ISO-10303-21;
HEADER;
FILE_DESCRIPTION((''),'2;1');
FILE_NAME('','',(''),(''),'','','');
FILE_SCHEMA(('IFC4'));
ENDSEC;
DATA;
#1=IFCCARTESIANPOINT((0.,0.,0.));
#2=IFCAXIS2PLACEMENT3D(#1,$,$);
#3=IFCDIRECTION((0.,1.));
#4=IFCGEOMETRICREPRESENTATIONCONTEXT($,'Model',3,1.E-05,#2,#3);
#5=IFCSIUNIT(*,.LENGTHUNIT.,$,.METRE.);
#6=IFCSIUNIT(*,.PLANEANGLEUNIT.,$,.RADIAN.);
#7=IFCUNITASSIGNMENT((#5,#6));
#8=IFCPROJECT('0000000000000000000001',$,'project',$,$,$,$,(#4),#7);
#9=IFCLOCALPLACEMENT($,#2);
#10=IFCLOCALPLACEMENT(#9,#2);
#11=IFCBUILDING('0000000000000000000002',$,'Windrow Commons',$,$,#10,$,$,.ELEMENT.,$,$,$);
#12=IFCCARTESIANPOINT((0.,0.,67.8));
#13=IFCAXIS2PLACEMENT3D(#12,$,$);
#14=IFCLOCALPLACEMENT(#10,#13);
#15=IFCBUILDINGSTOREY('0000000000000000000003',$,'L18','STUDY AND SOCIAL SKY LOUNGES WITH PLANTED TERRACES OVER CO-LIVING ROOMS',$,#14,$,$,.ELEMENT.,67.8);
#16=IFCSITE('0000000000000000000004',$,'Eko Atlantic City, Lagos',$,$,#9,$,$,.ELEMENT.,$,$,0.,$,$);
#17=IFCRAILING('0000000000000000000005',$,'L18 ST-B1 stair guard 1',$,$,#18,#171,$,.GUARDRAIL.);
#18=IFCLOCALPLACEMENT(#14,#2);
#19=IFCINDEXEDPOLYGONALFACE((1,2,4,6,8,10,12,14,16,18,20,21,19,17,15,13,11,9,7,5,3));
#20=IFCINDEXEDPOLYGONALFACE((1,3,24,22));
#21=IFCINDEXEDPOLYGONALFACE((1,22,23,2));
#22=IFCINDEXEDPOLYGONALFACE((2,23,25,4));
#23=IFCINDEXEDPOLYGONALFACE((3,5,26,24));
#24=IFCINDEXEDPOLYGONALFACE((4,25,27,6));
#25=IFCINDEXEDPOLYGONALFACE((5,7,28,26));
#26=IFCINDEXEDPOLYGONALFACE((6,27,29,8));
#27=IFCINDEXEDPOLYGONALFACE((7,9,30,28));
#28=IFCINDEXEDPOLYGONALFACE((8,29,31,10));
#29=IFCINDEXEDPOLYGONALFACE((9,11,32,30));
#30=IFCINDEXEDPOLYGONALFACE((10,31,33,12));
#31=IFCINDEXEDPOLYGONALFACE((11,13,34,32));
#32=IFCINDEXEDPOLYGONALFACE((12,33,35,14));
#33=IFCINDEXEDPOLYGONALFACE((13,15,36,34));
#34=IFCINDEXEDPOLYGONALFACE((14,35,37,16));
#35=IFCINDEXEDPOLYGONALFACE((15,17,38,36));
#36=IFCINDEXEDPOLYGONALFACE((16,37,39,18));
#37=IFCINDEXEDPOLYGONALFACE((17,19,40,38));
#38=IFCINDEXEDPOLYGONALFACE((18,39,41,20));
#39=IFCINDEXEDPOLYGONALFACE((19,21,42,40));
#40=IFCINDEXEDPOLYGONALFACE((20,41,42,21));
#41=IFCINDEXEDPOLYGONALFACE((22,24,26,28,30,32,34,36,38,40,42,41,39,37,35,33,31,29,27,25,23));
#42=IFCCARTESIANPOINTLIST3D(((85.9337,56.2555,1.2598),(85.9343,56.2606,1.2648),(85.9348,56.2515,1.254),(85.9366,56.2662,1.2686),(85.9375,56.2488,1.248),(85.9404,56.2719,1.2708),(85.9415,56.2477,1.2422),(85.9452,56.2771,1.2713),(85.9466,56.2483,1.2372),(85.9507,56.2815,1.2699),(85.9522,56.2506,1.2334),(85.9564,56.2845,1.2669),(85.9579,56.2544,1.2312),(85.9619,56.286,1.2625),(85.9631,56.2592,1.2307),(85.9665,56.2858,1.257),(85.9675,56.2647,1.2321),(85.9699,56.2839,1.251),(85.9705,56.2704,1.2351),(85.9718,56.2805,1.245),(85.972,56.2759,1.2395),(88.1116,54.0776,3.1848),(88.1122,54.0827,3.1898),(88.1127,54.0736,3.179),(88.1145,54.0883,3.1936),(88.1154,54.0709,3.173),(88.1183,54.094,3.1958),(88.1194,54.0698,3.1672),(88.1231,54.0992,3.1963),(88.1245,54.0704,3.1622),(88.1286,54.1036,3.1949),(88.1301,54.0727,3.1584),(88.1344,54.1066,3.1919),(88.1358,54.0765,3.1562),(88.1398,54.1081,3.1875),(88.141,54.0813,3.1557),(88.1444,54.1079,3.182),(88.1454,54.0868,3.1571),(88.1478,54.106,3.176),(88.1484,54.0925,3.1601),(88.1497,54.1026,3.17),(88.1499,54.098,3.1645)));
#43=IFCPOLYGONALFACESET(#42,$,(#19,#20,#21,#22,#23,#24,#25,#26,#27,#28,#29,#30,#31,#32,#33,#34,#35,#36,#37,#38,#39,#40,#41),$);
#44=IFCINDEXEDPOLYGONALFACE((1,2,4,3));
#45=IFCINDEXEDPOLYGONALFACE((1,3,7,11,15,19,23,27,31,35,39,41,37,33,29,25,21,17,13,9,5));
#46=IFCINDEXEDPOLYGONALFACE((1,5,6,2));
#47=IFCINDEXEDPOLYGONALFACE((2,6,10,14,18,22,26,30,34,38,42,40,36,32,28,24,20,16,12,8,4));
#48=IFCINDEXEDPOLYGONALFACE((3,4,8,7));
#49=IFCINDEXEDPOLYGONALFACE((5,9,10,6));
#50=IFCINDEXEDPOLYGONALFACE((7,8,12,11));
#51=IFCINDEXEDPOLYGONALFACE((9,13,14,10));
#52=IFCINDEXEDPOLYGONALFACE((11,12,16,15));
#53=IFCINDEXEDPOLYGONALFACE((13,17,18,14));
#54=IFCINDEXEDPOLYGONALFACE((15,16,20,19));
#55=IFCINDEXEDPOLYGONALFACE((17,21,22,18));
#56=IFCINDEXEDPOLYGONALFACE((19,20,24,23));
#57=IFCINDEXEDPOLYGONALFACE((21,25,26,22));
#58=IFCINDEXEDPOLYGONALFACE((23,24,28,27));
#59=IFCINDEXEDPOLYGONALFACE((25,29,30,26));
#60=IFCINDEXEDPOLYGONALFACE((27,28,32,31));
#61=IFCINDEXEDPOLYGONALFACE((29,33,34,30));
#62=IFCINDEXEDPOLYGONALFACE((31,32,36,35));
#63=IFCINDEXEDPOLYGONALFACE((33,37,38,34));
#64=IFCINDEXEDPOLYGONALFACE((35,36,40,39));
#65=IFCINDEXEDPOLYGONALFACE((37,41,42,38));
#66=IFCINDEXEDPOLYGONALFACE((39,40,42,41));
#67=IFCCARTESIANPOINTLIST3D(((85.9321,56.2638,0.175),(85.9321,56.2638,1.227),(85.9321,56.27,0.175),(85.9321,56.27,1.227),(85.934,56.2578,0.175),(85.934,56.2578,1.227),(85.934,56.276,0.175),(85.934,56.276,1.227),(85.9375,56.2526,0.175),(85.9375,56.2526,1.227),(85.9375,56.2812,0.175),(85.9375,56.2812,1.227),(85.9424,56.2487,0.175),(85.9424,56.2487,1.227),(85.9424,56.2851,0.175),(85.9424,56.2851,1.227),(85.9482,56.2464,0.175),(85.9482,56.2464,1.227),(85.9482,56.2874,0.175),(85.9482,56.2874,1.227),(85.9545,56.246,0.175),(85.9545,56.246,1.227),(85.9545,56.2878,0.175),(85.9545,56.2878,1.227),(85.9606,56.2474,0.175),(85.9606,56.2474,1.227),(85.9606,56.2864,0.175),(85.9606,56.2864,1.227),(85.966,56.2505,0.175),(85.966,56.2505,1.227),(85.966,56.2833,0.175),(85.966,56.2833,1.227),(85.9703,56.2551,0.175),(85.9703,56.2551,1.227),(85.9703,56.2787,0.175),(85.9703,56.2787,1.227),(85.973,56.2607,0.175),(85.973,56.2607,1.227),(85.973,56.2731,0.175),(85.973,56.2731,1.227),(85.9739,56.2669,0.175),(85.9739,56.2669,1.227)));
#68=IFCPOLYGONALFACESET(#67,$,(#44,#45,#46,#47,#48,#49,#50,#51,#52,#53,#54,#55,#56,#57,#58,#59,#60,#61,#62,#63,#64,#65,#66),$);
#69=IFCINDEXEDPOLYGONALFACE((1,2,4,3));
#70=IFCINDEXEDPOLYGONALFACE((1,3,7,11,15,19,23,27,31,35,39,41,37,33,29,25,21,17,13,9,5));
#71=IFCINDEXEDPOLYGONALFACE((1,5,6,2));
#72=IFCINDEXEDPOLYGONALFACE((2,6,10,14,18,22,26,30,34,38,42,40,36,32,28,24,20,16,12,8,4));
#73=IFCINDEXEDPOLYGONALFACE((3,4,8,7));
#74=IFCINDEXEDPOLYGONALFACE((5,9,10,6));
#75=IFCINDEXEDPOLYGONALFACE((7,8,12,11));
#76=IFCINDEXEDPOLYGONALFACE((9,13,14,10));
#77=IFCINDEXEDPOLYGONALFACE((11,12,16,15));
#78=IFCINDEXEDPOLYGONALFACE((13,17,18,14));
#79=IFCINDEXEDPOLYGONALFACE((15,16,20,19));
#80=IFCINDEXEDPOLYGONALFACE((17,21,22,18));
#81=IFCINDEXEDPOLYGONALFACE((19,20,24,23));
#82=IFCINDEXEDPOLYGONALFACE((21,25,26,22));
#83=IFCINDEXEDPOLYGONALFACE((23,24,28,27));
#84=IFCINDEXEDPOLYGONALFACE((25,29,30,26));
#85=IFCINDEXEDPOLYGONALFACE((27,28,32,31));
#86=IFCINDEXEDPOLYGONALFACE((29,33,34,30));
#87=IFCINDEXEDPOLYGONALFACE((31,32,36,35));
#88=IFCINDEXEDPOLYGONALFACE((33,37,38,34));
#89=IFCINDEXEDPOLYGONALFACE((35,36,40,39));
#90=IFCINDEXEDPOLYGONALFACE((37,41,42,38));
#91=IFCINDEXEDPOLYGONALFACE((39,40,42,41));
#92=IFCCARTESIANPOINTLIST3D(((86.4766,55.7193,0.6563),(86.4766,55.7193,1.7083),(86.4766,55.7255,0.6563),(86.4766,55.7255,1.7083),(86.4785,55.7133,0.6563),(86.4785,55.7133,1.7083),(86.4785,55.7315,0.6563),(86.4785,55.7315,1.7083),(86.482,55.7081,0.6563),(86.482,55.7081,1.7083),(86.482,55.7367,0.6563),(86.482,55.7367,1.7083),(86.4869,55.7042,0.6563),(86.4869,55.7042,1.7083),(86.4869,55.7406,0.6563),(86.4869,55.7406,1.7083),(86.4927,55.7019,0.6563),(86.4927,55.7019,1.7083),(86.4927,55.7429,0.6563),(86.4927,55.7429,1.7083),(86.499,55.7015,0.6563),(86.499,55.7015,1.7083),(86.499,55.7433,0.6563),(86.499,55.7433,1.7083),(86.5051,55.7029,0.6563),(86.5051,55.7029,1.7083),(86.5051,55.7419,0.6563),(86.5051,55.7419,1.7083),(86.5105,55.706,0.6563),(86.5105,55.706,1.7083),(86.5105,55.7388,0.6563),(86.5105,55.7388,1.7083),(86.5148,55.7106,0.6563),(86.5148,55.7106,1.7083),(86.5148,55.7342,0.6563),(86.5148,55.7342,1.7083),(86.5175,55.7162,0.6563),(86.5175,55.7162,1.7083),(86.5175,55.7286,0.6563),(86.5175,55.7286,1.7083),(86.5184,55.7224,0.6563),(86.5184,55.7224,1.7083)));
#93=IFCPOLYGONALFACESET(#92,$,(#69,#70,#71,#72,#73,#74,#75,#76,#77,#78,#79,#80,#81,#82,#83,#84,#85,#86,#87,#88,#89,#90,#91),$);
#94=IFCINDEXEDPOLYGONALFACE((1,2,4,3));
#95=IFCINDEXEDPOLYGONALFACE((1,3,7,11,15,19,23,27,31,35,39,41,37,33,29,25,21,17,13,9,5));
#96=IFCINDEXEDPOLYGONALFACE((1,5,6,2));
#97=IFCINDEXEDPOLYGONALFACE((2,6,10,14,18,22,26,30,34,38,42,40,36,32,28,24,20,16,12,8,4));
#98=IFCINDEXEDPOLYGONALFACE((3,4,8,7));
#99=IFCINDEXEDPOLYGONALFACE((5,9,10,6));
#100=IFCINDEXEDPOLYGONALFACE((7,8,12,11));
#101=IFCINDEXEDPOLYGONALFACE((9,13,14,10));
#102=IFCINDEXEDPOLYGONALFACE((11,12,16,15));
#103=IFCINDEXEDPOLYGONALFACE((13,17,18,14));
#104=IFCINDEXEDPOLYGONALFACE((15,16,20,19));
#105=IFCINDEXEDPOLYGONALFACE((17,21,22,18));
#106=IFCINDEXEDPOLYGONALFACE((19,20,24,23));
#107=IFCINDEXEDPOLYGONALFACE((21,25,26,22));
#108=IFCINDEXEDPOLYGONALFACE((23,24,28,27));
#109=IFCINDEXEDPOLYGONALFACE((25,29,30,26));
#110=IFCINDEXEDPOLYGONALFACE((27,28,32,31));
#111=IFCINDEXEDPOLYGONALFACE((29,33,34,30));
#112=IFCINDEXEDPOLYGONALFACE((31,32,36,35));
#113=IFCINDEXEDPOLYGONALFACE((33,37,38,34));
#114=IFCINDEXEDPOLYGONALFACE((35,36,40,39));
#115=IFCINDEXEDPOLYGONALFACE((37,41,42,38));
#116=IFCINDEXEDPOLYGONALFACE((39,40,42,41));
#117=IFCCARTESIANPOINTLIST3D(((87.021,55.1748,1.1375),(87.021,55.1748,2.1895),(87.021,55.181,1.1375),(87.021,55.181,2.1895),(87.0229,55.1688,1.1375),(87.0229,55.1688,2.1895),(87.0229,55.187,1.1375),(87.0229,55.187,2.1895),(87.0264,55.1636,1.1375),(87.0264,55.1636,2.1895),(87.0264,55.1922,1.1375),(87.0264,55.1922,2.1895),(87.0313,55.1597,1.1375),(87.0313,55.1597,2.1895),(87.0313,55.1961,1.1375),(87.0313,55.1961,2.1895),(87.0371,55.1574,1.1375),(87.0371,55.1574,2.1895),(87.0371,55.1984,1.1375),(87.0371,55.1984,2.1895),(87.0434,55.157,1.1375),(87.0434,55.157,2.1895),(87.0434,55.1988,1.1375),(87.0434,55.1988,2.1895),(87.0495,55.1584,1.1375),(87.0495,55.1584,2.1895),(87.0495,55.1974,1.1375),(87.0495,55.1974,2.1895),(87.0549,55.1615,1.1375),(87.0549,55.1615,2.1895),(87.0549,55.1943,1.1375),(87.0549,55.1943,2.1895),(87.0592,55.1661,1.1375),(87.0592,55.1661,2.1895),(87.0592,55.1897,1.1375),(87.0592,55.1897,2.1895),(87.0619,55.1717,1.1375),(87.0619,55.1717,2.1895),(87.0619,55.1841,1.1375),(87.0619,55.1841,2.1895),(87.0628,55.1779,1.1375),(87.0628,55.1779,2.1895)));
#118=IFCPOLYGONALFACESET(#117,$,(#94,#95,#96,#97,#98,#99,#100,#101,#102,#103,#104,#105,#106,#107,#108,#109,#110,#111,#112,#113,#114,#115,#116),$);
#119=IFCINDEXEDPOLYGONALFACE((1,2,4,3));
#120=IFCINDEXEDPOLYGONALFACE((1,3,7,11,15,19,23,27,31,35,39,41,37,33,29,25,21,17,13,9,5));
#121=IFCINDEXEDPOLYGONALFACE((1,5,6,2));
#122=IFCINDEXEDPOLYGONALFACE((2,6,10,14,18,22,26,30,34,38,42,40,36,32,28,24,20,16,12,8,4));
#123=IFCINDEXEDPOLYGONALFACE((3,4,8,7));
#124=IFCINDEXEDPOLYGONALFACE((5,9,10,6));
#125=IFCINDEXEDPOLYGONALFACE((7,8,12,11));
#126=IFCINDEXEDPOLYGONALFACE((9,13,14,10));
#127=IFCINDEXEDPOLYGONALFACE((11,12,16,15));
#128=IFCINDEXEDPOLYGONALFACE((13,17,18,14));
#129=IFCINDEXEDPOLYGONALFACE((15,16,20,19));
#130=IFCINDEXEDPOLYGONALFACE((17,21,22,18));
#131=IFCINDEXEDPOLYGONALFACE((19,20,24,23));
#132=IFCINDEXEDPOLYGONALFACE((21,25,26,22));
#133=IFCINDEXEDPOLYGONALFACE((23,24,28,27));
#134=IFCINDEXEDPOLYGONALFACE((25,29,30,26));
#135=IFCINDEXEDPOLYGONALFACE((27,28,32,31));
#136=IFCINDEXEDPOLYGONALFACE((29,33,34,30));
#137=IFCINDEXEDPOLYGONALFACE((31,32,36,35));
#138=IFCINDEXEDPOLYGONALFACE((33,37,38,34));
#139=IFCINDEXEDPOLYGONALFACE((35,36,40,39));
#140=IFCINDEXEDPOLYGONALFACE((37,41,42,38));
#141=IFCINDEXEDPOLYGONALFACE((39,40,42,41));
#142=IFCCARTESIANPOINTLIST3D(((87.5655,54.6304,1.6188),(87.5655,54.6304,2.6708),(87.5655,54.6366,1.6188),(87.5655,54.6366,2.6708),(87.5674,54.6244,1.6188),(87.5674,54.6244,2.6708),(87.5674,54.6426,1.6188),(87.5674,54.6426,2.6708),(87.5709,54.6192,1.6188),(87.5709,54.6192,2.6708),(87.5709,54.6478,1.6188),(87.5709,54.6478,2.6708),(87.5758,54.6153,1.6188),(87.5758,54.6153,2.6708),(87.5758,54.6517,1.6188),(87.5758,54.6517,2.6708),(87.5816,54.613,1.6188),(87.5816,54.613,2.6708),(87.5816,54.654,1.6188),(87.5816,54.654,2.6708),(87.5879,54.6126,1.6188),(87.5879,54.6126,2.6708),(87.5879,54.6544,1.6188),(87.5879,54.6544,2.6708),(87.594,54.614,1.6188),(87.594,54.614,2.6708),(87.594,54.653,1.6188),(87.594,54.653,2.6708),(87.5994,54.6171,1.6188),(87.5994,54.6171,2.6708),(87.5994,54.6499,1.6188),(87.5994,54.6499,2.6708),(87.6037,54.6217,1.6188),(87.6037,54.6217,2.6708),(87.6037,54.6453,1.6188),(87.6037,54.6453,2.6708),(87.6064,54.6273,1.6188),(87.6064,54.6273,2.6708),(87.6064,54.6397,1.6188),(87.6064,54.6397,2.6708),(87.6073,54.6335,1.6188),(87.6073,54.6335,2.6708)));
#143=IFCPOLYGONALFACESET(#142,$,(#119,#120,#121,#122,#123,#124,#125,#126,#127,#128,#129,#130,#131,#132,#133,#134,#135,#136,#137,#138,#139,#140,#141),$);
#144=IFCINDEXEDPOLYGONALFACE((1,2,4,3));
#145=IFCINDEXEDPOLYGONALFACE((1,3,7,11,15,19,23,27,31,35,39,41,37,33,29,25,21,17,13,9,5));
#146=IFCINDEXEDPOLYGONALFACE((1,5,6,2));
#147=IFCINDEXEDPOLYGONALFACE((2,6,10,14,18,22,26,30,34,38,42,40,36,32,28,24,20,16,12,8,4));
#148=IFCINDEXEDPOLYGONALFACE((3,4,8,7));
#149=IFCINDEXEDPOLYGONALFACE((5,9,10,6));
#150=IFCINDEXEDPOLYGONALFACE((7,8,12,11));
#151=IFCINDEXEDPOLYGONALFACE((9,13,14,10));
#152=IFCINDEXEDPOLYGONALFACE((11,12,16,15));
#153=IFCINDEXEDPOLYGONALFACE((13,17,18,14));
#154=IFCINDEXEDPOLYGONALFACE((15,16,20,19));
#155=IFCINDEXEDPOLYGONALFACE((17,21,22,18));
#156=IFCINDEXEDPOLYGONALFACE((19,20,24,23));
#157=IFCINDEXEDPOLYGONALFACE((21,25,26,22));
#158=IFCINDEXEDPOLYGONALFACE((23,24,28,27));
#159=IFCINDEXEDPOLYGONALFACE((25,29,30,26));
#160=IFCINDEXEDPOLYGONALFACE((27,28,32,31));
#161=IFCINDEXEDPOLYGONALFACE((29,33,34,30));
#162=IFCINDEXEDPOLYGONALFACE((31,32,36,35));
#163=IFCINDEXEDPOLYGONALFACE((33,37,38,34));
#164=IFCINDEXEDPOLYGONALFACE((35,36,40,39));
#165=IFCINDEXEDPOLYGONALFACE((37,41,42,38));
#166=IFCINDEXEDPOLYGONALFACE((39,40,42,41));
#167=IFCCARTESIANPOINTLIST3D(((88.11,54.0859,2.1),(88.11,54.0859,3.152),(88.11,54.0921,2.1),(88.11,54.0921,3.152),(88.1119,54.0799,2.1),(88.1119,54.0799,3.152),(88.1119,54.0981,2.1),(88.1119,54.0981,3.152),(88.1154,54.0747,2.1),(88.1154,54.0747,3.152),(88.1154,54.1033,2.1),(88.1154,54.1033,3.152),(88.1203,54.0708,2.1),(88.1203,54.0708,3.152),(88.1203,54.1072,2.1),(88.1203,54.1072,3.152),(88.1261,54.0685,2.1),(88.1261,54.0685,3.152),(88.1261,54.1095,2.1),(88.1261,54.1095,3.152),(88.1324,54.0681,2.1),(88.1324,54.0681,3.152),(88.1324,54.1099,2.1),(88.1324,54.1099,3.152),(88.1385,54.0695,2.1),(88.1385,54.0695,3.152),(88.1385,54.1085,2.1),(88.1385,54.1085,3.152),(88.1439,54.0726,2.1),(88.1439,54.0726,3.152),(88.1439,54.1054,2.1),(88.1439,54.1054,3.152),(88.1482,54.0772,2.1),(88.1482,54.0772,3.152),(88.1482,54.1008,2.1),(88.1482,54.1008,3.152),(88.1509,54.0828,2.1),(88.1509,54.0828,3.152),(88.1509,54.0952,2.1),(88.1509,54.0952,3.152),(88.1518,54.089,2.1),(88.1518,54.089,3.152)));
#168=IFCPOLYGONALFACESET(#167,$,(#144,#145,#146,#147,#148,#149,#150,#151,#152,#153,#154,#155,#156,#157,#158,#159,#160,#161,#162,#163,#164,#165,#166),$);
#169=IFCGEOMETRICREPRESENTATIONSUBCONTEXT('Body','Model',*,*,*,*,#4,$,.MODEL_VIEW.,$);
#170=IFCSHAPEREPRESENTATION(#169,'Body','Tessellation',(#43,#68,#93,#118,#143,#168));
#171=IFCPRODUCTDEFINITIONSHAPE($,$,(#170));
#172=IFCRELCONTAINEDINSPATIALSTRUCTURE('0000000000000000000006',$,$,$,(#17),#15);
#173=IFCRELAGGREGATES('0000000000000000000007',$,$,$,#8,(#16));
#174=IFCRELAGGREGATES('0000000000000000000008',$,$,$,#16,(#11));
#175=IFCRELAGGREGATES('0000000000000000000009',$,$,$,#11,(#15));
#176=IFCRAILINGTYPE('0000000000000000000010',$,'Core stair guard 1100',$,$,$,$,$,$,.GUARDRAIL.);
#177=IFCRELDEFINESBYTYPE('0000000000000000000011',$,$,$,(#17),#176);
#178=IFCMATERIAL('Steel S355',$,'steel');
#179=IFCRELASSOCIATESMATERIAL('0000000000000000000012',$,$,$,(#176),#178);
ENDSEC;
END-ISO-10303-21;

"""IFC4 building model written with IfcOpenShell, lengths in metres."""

from ifc_helpers import new_model, si_unit, direction, frame, origin, origin_2d, place, context, subcontext, project, spatial, circle, extrude, material, type_object, element, save


model = new_model("IFC4")

# Units and contexts
model_context = context("Model", 3, precision=1e-05, world=origin(), true_north=direction((0.0, 1.0)))
body_context = subcontext(model_context, "Body", "Model", "MODEL_VIEW")
ifc_project = project(units=[si_unit("LENGTHUNIT", "METRE"), si_unit("PLANEANGLEUNIT", "RADIAN")], contexts=[model_context])

# Site, building, storey
site_placement = place(None, origin())
site = spatial("IfcSite", under=ifc_project, at=site_placement, Name="Eko Atlantic City, Lagos", CompositionType="ELEMENT", RefElevation=0.0)
building_placement = place(site_placement, origin())
building = spatial("IfcBuilding", under=site, at=building_placement, Name="Windrow Commons", CompositionType="ELEMENT")
storey_placement = place(building_placement, frame((0.0, 0.0, 67.8)))
storey = spatial("IfcBuildingStorey", under=building, at=storey_placement, Name="L18", Description="STUDY AND SOCIAL SKY LOUNGES WITH PLANTED TERRACES OVER CO-LIVING ROOMS", CompositionType="ELEMENT", Elevation=67.8)

# Railing
ifc_material_1 = material(Name="Steel S355", Category="steel")
railing_type_1 = type_object("IfcRailingType", Name="Core stair guard 1100", PredefinedType="GUARDRAIL", material=ifc_material_1)
railing_1_placement = place(storey_placement, frame((85.9529, 56.2669, 0.175)))
element("IfcRailing", 1, at=railing_1_placement, inside=storey, type_object=railing_type_1, Name="L18 ST-B1 stair guard 1", PredefinedType="GUARDRAIL", context=body_context, shape_type="SweptSolid", body=[
    extrude(circle(Radius=0.024, at=origin_2d()), frame((0.0, 0.0, 1.076), z_axis=(0.599626, -0.599626, 0.529997), x_axis=(0.707107, 0.707107, 0.0)), (0.0, 0.0, 1.0), 3.6321),
    extrude(circle(Radius=0.021, at=origin_2d()), origin(), (0.0, 0.0, 1.0), 1.052),
    extrude(circle(Radius=0.021, at=origin_2d()), frame((0.5445, -0.5445, 0.4813)), (0.0, 0.0, 1.0), 1.052),
    extrude(circle(Radius=0.021, at=origin_2d()), frame((1.0889, -1.089, 0.9625)), (0.0, 0.0, 1.0), 1.052),
    extrude(circle(Radius=0.021, at=origin_2d()), frame((1.6334, -1.6334, 1.4438)), (0.0, 0.0, 1.0), 1.052),
    extrude(circle(Radius=0.021, at=origin_2d()), frame((2.1779, -2.1779, 1.925)), (0.0, 0.0, 1.0), 1.052),
])

save(model, "model.ifc")
